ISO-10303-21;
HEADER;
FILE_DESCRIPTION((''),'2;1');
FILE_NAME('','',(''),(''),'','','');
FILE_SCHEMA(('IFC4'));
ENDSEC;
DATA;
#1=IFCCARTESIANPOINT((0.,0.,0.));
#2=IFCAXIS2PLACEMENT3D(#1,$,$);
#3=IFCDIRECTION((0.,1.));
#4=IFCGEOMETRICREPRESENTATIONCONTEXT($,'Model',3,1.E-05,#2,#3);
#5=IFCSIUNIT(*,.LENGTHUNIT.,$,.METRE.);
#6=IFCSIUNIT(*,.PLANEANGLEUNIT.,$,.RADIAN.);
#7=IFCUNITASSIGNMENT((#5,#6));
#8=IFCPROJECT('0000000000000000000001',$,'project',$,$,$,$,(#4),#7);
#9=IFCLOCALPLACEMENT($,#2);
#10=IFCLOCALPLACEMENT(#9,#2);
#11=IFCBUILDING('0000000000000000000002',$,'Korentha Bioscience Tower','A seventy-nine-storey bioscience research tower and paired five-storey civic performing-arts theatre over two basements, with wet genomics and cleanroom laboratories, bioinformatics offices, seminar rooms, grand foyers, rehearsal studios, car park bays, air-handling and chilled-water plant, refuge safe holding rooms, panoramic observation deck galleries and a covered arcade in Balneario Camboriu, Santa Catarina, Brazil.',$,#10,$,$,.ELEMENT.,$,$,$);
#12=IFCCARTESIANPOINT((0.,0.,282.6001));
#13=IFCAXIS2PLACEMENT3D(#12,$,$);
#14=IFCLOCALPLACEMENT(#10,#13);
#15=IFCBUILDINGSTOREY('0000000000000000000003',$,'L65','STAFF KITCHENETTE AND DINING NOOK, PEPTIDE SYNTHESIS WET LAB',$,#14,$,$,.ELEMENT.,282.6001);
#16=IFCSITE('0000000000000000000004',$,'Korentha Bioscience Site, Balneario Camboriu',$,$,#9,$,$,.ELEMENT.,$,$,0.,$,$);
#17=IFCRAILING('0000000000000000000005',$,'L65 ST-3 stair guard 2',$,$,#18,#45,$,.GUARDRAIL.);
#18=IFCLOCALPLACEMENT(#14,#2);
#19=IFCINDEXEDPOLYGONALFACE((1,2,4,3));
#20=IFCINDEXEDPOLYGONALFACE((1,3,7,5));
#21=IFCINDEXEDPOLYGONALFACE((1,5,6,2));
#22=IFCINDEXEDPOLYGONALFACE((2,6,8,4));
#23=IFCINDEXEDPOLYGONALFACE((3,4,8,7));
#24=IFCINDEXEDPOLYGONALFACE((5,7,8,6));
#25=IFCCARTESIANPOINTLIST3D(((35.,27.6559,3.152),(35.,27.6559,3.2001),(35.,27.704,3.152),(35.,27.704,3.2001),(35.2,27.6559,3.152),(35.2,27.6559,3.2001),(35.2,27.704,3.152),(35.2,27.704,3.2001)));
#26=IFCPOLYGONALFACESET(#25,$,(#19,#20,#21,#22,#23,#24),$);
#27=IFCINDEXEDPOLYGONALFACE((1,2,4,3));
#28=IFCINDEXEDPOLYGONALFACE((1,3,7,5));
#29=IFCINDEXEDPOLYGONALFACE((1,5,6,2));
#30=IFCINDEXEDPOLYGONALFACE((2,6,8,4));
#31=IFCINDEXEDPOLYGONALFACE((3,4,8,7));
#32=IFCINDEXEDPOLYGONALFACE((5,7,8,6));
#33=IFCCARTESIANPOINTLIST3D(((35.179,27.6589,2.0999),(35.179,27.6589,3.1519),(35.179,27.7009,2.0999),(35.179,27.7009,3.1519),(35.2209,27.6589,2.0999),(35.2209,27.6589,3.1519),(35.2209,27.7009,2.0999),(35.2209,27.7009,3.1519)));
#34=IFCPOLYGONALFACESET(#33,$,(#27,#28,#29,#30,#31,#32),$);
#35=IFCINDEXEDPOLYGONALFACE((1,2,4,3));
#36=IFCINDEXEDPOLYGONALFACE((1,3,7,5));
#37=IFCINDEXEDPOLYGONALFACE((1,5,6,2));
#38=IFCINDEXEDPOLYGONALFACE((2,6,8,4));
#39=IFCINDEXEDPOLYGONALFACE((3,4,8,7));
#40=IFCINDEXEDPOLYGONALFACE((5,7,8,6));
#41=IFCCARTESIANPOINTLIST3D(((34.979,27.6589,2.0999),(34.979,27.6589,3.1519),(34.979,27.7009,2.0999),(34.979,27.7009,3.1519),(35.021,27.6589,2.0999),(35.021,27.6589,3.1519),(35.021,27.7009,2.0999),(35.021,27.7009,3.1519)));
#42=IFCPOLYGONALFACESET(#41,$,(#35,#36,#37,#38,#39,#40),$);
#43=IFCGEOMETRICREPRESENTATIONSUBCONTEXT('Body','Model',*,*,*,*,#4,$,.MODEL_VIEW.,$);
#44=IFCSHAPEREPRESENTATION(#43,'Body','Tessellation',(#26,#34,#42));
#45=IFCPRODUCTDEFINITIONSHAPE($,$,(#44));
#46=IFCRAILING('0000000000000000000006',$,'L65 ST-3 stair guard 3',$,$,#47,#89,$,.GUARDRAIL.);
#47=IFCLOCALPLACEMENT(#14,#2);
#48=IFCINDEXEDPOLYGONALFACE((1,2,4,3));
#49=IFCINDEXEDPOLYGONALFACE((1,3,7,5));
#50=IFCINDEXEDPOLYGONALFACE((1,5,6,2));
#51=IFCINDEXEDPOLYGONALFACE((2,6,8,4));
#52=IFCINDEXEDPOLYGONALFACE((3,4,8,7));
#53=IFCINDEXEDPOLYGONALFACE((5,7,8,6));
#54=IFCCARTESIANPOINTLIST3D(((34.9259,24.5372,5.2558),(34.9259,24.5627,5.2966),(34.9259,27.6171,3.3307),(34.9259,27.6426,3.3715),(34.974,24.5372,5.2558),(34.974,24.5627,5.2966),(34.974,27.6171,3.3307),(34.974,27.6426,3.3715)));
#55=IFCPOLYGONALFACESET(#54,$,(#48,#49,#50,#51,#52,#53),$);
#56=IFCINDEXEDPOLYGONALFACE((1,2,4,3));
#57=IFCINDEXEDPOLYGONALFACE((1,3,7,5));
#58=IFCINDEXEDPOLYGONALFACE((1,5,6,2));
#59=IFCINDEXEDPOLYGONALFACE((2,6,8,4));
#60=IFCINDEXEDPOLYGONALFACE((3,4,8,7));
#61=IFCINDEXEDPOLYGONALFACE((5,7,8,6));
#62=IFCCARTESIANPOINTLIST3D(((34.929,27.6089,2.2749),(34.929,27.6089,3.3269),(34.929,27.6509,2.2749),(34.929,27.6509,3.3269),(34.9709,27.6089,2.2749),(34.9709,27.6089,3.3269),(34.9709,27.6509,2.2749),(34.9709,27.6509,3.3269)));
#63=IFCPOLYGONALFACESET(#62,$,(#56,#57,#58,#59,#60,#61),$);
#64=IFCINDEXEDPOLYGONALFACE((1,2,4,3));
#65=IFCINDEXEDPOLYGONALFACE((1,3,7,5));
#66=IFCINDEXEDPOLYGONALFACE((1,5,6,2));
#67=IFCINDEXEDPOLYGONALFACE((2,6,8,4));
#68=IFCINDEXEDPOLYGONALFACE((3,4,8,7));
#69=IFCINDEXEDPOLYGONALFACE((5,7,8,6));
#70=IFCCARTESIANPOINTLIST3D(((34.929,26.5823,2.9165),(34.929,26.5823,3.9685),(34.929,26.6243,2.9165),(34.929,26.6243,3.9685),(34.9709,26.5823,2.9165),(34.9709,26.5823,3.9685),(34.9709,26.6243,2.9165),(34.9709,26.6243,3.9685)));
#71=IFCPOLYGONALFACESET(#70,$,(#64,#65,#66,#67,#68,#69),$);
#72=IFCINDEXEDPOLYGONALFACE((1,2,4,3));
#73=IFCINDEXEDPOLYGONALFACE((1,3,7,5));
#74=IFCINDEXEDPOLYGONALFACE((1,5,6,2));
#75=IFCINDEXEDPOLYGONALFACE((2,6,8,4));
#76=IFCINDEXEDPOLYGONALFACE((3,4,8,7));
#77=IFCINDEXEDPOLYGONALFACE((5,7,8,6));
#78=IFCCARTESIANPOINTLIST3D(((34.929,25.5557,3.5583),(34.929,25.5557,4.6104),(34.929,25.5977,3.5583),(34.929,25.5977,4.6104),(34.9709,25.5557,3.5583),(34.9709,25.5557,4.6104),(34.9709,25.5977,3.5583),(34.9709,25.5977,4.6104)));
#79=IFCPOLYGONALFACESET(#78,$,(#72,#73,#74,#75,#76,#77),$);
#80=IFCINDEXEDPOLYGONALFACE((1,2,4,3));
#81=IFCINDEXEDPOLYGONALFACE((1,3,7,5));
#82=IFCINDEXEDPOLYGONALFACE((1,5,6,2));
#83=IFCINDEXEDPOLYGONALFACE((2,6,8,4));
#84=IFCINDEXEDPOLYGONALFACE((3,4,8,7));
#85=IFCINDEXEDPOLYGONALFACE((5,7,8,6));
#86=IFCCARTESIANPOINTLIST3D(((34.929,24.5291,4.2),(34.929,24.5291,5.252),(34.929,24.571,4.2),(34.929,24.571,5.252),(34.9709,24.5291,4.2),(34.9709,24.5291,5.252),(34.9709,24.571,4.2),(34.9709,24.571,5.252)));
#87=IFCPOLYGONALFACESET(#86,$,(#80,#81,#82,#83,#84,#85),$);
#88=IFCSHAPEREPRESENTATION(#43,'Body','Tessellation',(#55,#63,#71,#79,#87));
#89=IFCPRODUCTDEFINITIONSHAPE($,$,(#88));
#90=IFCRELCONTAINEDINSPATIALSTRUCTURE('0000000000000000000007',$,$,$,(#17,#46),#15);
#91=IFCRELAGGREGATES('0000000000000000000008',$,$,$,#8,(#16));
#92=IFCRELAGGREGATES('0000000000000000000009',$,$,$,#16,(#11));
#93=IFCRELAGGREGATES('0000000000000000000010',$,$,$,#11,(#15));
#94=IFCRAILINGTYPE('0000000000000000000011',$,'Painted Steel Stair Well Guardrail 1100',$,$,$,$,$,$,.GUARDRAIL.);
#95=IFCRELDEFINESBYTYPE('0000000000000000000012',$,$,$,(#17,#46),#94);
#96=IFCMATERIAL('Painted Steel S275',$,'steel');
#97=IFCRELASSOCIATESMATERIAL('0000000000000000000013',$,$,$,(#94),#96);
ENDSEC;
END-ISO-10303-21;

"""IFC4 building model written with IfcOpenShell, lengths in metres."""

from ifc_helpers import new_model, si_unit, direction, frame, origin, origin_2d, place, context, subcontext, project, spatial, rectangle, extrude, material, type_object, element, save


model = new_model("IFC4")

# Units and contexts
model_context = context("Model", 3, precision=1e-05, world=origin(), true_north=direction((0.0, 1.0)))
body_context = subcontext(model_context, "Body", "Model", "MODEL_VIEW")
ifc_project = project(units=[si_unit("LENGTHUNIT", "METRE"), si_unit("PLANEANGLEUNIT", "RADIAN")], contexts=[model_context])

# Site, building, storey
site_placement = place(None, origin())
site = spatial("IfcSite", under=ifc_project, at=site_placement, Name="Korentha Bioscience Site, Balneario Camboriu", CompositionType="ELEMENT", RefElevation=0.0)
building_placement = place(site_placement, origin())
building = spatial("IfcBuilding", under=site, at=building_placement, Name="Korentha Bioscience Tower", Description="A seventy-nine-storey bioscience research tower and paired five-storey civic performing-arts theatre over two basements, with wet genomics and cleanroom laboratories, bioinformatics offices, seminar rooms, grand foyers, rehearsal studios, car park bays, air-handling and chilled-water plant, refuge safe holding rooms, panoramic observation deck galleries and a covered arcade in Balneario Camboriu, Santa Catarina, Brazil.", CompositionType="ELEMENT")
storey_placement = place(building_placement, frame((0.0, 0.0, 282.6001)))
storey = spatial("IfcBuildingStorey", under=building, at=storey_placement, Name="L65", Description="STAFF KITCHENETTE AND DINING NOOK, PEPTIDE SYNTHESIS WET LAB", CompositionType="ELEMENT", Elevation=282.6001)

# Railings
ifc_material_1 = material(Name="Painted Steel S275", Category="steel")
railing_type_1 = type_object("IfcRailingType", Name="Painted Steel Stair Well Guardrail 1100", PredefinedType="GUARDRAIL", material=ifc_material_1)
railing_1_placement = place(storey_placement, frame((35.2, 27.6799, 2.0999)))
element("IfcRailing", 1, at=railing_1_placement, inside=storey, type_object=railing_type_1, Name="L65 ST-3 stair guard 2", PredefinedType="GUARDRAIL", context=body_context, shape_type="SweptSolid", body=[
    extrude(rectangle(XDim=0.0481, YDim=0.0481, at=origin_2d()), frame((0.0, 0.0, 1.0762), z_axis=(-1.0, 0.0, 0.0), x_axis=(0.0, -1.0, 0.0)), (0.0, 0.0, 1.0), 0.2),
    extrude(rectangle(XDim=0.042, YDim=0.042, at=origin_2d()), origin(), (0.0, 0.0, 1.0), 1.052),
    extrude(rectangle(XDim=0.042, YDim=0.042, at=origin_2d()), frame((-0.2, 0.0, 0.0)), (0.0, 0.0, 1.0), 1.052),
])
railing_2_placement = place(storey_placement, frame((34.95, 27.6299, 2.2749)))
element("IfcRailing", 2, at=railing_2_placement, inside=storey, type_object=railing_type_1, Name="L65 ST-3 stair guard 3", PredefinedType="GUARDRAIL", context=body_context, shape_type="SweptSolid", body=[
    extrude(rectangle(XDim=0.0481, YDim=0.0481, at=origin_2d()), frame((0.0, 0.0, 1.0762), z_axis=(0.0, -0.847979, 0.530029), x_axis=(1.0, 0.0, 0.0)), (0.0, 0.0, 1.0), 3.6321),
    extrude(rectangle(XDim=0.042, YDim=0.042, at=origin_2d()), origin(), (0.0, 0.0, 1.0), 1.052),
    extrude(rectangle(XDim=0.042, YDim=0.042, at=origin_2d()), frame((0.0, -1.0266, 0.6416)), (0.0, 0.0, 1.0), 1.052),
    extrude(rectangle(XDim=0.042, YDim=0.042, at=origin_2d()), frame((0.0, -2.0532, 1.2834)), (0.0, 0.0, 1.0), 1.052),
    extrude(rectangle(XDim=0.042, YDim=0.042, at=origin_2d()), frame((0.0, -3.0798, 1.925)), (0.0, 0.0, 1.0), 1.052),
])

save(model, "model.ifc")
